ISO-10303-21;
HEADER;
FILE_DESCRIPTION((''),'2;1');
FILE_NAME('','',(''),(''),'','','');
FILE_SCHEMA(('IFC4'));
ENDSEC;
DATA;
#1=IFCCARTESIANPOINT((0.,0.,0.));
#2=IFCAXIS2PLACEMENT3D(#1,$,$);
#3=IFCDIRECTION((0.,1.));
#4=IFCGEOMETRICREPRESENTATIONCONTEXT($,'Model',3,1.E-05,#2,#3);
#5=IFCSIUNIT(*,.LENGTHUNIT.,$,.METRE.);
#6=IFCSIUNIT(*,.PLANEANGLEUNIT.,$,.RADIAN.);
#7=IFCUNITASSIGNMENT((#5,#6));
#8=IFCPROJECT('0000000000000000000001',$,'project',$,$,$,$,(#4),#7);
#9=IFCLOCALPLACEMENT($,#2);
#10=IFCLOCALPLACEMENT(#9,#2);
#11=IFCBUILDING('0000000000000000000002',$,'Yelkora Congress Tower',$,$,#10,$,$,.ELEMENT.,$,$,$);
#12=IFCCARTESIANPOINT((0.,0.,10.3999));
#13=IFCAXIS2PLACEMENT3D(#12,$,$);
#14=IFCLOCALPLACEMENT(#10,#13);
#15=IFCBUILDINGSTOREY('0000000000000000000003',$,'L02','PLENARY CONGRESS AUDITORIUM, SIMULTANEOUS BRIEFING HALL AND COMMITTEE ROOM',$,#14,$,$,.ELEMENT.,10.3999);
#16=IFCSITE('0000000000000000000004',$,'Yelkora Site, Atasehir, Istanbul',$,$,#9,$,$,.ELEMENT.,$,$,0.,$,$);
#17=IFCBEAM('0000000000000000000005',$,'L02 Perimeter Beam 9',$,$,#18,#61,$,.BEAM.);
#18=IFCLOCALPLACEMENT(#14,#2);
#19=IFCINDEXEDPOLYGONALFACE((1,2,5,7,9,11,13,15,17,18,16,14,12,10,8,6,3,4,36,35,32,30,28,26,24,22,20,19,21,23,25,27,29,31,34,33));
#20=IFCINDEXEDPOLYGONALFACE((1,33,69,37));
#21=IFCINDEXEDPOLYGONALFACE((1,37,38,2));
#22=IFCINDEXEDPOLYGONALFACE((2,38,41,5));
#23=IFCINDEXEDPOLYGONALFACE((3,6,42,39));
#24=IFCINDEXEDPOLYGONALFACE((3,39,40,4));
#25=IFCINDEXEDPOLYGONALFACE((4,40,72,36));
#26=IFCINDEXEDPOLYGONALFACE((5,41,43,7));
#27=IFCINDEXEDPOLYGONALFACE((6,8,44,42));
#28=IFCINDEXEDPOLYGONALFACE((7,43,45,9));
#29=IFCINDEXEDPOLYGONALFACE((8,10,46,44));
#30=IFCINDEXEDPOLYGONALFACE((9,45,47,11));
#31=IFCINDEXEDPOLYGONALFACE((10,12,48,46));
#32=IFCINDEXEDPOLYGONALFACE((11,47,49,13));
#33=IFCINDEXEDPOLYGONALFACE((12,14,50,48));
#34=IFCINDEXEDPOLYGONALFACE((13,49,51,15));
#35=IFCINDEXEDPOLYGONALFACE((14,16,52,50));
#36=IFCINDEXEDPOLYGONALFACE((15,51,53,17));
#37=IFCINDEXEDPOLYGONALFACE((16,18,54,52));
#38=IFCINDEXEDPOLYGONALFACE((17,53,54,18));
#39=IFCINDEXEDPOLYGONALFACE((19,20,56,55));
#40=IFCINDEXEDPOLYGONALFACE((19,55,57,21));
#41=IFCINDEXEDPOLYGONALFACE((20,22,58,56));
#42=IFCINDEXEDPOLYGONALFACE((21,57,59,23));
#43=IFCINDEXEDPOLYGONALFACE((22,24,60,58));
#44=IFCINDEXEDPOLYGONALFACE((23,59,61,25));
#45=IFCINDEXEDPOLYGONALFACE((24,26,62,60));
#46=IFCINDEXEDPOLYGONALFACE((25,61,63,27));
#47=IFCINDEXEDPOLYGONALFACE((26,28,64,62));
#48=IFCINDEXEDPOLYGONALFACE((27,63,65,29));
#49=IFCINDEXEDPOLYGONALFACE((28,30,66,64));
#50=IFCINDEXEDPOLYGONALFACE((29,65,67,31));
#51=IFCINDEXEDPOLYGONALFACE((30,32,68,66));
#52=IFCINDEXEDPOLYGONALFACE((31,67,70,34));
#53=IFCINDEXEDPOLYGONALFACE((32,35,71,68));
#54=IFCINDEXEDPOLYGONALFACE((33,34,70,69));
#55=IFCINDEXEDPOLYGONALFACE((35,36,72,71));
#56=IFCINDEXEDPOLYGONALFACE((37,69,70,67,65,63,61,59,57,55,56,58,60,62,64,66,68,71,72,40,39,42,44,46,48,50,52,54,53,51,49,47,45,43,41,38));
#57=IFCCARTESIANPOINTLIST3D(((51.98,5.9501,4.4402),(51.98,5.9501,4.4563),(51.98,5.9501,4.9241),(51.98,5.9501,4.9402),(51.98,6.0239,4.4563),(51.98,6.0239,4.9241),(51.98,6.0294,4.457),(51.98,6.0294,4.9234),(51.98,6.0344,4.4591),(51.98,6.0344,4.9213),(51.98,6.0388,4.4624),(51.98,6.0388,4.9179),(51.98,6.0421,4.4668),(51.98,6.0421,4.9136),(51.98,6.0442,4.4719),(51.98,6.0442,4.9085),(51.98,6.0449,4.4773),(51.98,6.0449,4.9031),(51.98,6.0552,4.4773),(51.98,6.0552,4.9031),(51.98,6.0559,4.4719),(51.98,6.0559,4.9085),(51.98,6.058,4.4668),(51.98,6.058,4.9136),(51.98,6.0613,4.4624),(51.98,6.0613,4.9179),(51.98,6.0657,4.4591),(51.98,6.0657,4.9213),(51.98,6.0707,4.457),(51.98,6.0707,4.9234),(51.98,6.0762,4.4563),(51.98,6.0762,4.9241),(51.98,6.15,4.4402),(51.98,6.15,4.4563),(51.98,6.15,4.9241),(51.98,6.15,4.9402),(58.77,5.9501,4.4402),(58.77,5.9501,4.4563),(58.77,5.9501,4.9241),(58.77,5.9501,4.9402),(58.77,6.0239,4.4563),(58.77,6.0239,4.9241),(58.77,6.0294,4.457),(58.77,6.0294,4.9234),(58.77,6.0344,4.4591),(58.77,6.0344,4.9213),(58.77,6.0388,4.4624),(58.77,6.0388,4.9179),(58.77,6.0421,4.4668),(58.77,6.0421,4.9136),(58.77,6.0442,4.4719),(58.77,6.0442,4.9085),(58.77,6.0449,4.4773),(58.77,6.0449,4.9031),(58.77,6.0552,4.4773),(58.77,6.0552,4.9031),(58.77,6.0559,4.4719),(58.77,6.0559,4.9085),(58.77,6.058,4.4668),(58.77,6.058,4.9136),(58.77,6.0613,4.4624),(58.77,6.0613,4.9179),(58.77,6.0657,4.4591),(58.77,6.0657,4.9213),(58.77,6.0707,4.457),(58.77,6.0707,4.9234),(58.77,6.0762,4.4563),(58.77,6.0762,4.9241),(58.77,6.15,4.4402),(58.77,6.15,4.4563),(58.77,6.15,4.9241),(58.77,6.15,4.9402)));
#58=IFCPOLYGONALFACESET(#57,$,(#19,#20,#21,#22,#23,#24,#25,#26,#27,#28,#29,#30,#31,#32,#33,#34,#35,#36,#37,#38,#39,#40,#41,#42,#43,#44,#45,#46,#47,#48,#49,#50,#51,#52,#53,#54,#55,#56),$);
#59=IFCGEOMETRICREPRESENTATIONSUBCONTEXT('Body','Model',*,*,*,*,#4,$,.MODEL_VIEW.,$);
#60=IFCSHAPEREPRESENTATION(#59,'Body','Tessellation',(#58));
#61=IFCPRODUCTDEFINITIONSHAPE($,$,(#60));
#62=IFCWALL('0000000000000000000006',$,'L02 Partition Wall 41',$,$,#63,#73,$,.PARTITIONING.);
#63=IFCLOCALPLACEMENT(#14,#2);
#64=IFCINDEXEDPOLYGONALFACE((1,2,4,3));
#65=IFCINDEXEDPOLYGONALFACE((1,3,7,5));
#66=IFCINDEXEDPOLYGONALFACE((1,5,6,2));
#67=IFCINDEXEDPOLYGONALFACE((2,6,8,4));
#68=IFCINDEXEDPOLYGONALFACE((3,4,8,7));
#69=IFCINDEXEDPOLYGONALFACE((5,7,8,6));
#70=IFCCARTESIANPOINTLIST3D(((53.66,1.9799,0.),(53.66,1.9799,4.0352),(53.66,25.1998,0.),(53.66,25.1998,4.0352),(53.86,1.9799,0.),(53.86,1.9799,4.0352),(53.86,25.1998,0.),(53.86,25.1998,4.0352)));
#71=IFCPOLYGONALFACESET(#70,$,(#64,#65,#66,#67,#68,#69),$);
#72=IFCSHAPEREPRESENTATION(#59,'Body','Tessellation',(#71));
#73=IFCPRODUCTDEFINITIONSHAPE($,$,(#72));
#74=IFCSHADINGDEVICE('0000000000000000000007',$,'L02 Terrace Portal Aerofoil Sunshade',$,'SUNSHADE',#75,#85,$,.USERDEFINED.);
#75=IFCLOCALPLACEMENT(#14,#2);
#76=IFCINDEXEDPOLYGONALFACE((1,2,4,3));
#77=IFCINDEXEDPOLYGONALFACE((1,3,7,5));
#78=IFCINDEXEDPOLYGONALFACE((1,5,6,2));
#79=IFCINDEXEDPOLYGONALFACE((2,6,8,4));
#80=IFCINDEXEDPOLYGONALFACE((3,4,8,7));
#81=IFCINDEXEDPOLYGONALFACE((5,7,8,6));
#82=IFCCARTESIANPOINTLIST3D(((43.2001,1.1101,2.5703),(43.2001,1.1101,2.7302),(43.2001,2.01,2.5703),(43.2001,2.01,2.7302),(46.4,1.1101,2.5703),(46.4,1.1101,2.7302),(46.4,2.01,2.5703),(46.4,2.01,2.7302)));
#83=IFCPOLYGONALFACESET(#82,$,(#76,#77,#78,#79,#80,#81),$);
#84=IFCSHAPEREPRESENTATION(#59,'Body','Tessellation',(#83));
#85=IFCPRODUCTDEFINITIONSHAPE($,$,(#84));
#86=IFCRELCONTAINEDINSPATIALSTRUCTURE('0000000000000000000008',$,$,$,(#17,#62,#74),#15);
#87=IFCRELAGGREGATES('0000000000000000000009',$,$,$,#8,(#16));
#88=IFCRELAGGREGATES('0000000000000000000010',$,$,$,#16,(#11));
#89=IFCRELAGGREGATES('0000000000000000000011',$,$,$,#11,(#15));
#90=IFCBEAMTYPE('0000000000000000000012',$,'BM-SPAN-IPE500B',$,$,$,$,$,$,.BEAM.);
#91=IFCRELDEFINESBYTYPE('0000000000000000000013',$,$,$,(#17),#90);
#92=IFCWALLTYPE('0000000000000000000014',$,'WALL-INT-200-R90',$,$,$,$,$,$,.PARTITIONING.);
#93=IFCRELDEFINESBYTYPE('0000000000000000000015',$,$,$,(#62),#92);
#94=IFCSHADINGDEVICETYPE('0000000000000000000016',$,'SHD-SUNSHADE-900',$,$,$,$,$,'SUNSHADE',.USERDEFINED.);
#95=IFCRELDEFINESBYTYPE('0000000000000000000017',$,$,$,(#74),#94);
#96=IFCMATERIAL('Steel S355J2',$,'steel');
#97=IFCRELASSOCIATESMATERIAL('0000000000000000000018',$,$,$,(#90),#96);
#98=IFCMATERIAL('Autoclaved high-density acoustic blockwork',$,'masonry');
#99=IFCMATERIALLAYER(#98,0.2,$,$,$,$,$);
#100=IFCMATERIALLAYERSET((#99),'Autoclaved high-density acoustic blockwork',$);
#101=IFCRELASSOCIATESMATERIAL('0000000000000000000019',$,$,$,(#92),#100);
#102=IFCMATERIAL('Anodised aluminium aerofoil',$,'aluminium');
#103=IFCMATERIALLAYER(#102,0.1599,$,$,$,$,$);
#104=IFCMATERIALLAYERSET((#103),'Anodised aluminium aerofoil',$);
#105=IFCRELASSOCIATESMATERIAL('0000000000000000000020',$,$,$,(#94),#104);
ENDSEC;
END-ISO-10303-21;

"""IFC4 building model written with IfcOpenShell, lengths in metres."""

from ifc_helpers import new_model, si_unit, direction, frame, frame_2d, origin, origin_2d, place, context, subcontext, project, spatial, rectangle, i_section, extrude, material, layer, layer_set, material_profile, profile_set, type_object, element, save


model = new_model("IFC4")

# Units and contexts
model_context = context("Model", 3, precision=1e-05, world=origin(), true_north=direction((0.0, 1.0)))
body_context = subcontext(model_context, "Body", "Model", "MODEL_VIEW")
ifc_project = project(units=[si_unit("LENGTHUNIT", "METRE"), si_unit("PLANEANGLEUNIT", "RADIAN")], contexts=[model_context])

# Site, building, storey
site_placement = place(None, origin())
site = spatial("IfcSite", under=ifc_project, at=site_placement, Name="Yelkora Site, Atasehir, Istanbul", CompositionType="ELEMENT", RefElevation=0.0)
building_placement = place(site_placement, origin())
building = spatial("IfcBuilding", under=site, at=building_placement, Name="Yelkora Congress Tower", CompositionType="ELEMENT")
storey_placement = place(building_placement, frame((0.0, 0.0, 10.3999)))
storey = spatial("IfcBuildingStorey", under=building, at=storey_placement, Name="L02", Description="PLENARY CONGRESS AUDITORIUM, SIMULTANEOUS BRIEFING HALL AND COMMITTEE ROOM", CompositionType="ELEMENT", Elevation=10.3999)

# Beam
ifc_material_1 = material(Name="Steel S355J2", Category="steel")
ifc_material_profile_1 = material_profile(ifc_material_1, i_section(OverallWidth=0.2, OverallDepth=0.5, WebThickness=0.0103, FlangeThickness=0.0161, FilletRadius=0.021, at=origin_2d()), Name="IPE 500")
ifc_profile_set_1 = profile_set([ifc_material_profile_1], Name="Steel S355J2")
beam_type_1 = type_object("IfcBeamType", Name="BM-SPAN-IPE500B", PredefinedType="BEAM", material=ifc_profile_set_1)
for number, where, z_axis, x_axis, name in (
    (1, (51.98, 6.05, 4.6902), (1.0, 0.0, 0.0), (0.0, 1.0, 0.0), "L02 Perimeter Beam 9"),
):
    element("IfcBeam", number, at=place(storey_placement, frame(where, z_axis=z_axis, x_axis=x_axis)), inside=storey, type_object=beam_type_1, Name=name, PredefinedType="BEAM", context=body_context, shape_type="SweptSolid", body=[
        extrude(i_section(OverallWidth=0.2, OverallDepth=0.5, WebThickness=0.0103, FlangeThickness=0.0161, FilletRadius=0.021, at=origin_2d()), origin(), (0.0, 0.0, 1.0), 6.79),
    ])

# Wall
ifc_material_2 = material(Name="Autoclaved high-density acoustic blockwork", Category="masonry")
ifc_layer_1 = layer(ifc_material_2, 0.2)
ifc_layer_set_1 = layer_set([ifc_layer_1], Name="Autoclaved high-density acoustic blockwork")
wall_type = type_object("IfcWallType", Name="WALL-INT-200-R90", PredefinedType="PARTITIONING", material=ifc_layer_set_1)
wall_placement = place(storey_placement, frame((53.76, 1.98, 0.0), z_axis=(0.0, 0.0, 1.0), x_axis=(0.0, 1.0, 0.0)))
element("IfcWall", 2, at=wall_placement, inside=storey, type_object=wall_type, Name="L02 Partition Wall 41", PredefinedType="PARTITIONING", context=body_context, shape_type="SweptSolid", body=[
    extrude(rectangle(XDim=23.22, YDim=0.2, at=frame_2d((11.6099, 0.0))), origin(), (0.0, 0.0, 1.0), 4.0352),
])

# Shading device
ifc_material_3 = material(Name="Anodised aluminium aerofoil", Category="aluminium")
ifc_layer_2 = layer(ifc_material_3, 0.1599)
ifc_layer_set_2 = layer_set([ifc_layer_2], Name="Anodised aluminium aerofoil")
shading_device_type = type_object("IfcShadingDeviceType", Name="SHD-SUNSHADE-900", ElementType="SUNSHADE", PredefinedType="USERDEFINED", material=ifc_layer_set_2)
shading_device_placement = place(storey_placement, frame((44.8, 1.5601, 2.5703), z_axis=(0.0, 0.0, 1.0), x_axis=(1.0, 0.0, 0.0)))
element("IfcShadingDevice", 3, at=shading_device_placement, inside=storey, type_object=shading_device_type, Name="L02 Terrace Portal Aerofoil Sunshade", ObjectType="SUNSHADE", PredefinedType="USERDEFINED", context=body_context, shape_type="SweptSolid", body=[
    extrude(rectangle(XDim=3.2, YDim=0.8999, at=origin_2d()), origin(), (0.0, 0.0, 1.0), 0.1599),
])

save(model, "model.ifc")
